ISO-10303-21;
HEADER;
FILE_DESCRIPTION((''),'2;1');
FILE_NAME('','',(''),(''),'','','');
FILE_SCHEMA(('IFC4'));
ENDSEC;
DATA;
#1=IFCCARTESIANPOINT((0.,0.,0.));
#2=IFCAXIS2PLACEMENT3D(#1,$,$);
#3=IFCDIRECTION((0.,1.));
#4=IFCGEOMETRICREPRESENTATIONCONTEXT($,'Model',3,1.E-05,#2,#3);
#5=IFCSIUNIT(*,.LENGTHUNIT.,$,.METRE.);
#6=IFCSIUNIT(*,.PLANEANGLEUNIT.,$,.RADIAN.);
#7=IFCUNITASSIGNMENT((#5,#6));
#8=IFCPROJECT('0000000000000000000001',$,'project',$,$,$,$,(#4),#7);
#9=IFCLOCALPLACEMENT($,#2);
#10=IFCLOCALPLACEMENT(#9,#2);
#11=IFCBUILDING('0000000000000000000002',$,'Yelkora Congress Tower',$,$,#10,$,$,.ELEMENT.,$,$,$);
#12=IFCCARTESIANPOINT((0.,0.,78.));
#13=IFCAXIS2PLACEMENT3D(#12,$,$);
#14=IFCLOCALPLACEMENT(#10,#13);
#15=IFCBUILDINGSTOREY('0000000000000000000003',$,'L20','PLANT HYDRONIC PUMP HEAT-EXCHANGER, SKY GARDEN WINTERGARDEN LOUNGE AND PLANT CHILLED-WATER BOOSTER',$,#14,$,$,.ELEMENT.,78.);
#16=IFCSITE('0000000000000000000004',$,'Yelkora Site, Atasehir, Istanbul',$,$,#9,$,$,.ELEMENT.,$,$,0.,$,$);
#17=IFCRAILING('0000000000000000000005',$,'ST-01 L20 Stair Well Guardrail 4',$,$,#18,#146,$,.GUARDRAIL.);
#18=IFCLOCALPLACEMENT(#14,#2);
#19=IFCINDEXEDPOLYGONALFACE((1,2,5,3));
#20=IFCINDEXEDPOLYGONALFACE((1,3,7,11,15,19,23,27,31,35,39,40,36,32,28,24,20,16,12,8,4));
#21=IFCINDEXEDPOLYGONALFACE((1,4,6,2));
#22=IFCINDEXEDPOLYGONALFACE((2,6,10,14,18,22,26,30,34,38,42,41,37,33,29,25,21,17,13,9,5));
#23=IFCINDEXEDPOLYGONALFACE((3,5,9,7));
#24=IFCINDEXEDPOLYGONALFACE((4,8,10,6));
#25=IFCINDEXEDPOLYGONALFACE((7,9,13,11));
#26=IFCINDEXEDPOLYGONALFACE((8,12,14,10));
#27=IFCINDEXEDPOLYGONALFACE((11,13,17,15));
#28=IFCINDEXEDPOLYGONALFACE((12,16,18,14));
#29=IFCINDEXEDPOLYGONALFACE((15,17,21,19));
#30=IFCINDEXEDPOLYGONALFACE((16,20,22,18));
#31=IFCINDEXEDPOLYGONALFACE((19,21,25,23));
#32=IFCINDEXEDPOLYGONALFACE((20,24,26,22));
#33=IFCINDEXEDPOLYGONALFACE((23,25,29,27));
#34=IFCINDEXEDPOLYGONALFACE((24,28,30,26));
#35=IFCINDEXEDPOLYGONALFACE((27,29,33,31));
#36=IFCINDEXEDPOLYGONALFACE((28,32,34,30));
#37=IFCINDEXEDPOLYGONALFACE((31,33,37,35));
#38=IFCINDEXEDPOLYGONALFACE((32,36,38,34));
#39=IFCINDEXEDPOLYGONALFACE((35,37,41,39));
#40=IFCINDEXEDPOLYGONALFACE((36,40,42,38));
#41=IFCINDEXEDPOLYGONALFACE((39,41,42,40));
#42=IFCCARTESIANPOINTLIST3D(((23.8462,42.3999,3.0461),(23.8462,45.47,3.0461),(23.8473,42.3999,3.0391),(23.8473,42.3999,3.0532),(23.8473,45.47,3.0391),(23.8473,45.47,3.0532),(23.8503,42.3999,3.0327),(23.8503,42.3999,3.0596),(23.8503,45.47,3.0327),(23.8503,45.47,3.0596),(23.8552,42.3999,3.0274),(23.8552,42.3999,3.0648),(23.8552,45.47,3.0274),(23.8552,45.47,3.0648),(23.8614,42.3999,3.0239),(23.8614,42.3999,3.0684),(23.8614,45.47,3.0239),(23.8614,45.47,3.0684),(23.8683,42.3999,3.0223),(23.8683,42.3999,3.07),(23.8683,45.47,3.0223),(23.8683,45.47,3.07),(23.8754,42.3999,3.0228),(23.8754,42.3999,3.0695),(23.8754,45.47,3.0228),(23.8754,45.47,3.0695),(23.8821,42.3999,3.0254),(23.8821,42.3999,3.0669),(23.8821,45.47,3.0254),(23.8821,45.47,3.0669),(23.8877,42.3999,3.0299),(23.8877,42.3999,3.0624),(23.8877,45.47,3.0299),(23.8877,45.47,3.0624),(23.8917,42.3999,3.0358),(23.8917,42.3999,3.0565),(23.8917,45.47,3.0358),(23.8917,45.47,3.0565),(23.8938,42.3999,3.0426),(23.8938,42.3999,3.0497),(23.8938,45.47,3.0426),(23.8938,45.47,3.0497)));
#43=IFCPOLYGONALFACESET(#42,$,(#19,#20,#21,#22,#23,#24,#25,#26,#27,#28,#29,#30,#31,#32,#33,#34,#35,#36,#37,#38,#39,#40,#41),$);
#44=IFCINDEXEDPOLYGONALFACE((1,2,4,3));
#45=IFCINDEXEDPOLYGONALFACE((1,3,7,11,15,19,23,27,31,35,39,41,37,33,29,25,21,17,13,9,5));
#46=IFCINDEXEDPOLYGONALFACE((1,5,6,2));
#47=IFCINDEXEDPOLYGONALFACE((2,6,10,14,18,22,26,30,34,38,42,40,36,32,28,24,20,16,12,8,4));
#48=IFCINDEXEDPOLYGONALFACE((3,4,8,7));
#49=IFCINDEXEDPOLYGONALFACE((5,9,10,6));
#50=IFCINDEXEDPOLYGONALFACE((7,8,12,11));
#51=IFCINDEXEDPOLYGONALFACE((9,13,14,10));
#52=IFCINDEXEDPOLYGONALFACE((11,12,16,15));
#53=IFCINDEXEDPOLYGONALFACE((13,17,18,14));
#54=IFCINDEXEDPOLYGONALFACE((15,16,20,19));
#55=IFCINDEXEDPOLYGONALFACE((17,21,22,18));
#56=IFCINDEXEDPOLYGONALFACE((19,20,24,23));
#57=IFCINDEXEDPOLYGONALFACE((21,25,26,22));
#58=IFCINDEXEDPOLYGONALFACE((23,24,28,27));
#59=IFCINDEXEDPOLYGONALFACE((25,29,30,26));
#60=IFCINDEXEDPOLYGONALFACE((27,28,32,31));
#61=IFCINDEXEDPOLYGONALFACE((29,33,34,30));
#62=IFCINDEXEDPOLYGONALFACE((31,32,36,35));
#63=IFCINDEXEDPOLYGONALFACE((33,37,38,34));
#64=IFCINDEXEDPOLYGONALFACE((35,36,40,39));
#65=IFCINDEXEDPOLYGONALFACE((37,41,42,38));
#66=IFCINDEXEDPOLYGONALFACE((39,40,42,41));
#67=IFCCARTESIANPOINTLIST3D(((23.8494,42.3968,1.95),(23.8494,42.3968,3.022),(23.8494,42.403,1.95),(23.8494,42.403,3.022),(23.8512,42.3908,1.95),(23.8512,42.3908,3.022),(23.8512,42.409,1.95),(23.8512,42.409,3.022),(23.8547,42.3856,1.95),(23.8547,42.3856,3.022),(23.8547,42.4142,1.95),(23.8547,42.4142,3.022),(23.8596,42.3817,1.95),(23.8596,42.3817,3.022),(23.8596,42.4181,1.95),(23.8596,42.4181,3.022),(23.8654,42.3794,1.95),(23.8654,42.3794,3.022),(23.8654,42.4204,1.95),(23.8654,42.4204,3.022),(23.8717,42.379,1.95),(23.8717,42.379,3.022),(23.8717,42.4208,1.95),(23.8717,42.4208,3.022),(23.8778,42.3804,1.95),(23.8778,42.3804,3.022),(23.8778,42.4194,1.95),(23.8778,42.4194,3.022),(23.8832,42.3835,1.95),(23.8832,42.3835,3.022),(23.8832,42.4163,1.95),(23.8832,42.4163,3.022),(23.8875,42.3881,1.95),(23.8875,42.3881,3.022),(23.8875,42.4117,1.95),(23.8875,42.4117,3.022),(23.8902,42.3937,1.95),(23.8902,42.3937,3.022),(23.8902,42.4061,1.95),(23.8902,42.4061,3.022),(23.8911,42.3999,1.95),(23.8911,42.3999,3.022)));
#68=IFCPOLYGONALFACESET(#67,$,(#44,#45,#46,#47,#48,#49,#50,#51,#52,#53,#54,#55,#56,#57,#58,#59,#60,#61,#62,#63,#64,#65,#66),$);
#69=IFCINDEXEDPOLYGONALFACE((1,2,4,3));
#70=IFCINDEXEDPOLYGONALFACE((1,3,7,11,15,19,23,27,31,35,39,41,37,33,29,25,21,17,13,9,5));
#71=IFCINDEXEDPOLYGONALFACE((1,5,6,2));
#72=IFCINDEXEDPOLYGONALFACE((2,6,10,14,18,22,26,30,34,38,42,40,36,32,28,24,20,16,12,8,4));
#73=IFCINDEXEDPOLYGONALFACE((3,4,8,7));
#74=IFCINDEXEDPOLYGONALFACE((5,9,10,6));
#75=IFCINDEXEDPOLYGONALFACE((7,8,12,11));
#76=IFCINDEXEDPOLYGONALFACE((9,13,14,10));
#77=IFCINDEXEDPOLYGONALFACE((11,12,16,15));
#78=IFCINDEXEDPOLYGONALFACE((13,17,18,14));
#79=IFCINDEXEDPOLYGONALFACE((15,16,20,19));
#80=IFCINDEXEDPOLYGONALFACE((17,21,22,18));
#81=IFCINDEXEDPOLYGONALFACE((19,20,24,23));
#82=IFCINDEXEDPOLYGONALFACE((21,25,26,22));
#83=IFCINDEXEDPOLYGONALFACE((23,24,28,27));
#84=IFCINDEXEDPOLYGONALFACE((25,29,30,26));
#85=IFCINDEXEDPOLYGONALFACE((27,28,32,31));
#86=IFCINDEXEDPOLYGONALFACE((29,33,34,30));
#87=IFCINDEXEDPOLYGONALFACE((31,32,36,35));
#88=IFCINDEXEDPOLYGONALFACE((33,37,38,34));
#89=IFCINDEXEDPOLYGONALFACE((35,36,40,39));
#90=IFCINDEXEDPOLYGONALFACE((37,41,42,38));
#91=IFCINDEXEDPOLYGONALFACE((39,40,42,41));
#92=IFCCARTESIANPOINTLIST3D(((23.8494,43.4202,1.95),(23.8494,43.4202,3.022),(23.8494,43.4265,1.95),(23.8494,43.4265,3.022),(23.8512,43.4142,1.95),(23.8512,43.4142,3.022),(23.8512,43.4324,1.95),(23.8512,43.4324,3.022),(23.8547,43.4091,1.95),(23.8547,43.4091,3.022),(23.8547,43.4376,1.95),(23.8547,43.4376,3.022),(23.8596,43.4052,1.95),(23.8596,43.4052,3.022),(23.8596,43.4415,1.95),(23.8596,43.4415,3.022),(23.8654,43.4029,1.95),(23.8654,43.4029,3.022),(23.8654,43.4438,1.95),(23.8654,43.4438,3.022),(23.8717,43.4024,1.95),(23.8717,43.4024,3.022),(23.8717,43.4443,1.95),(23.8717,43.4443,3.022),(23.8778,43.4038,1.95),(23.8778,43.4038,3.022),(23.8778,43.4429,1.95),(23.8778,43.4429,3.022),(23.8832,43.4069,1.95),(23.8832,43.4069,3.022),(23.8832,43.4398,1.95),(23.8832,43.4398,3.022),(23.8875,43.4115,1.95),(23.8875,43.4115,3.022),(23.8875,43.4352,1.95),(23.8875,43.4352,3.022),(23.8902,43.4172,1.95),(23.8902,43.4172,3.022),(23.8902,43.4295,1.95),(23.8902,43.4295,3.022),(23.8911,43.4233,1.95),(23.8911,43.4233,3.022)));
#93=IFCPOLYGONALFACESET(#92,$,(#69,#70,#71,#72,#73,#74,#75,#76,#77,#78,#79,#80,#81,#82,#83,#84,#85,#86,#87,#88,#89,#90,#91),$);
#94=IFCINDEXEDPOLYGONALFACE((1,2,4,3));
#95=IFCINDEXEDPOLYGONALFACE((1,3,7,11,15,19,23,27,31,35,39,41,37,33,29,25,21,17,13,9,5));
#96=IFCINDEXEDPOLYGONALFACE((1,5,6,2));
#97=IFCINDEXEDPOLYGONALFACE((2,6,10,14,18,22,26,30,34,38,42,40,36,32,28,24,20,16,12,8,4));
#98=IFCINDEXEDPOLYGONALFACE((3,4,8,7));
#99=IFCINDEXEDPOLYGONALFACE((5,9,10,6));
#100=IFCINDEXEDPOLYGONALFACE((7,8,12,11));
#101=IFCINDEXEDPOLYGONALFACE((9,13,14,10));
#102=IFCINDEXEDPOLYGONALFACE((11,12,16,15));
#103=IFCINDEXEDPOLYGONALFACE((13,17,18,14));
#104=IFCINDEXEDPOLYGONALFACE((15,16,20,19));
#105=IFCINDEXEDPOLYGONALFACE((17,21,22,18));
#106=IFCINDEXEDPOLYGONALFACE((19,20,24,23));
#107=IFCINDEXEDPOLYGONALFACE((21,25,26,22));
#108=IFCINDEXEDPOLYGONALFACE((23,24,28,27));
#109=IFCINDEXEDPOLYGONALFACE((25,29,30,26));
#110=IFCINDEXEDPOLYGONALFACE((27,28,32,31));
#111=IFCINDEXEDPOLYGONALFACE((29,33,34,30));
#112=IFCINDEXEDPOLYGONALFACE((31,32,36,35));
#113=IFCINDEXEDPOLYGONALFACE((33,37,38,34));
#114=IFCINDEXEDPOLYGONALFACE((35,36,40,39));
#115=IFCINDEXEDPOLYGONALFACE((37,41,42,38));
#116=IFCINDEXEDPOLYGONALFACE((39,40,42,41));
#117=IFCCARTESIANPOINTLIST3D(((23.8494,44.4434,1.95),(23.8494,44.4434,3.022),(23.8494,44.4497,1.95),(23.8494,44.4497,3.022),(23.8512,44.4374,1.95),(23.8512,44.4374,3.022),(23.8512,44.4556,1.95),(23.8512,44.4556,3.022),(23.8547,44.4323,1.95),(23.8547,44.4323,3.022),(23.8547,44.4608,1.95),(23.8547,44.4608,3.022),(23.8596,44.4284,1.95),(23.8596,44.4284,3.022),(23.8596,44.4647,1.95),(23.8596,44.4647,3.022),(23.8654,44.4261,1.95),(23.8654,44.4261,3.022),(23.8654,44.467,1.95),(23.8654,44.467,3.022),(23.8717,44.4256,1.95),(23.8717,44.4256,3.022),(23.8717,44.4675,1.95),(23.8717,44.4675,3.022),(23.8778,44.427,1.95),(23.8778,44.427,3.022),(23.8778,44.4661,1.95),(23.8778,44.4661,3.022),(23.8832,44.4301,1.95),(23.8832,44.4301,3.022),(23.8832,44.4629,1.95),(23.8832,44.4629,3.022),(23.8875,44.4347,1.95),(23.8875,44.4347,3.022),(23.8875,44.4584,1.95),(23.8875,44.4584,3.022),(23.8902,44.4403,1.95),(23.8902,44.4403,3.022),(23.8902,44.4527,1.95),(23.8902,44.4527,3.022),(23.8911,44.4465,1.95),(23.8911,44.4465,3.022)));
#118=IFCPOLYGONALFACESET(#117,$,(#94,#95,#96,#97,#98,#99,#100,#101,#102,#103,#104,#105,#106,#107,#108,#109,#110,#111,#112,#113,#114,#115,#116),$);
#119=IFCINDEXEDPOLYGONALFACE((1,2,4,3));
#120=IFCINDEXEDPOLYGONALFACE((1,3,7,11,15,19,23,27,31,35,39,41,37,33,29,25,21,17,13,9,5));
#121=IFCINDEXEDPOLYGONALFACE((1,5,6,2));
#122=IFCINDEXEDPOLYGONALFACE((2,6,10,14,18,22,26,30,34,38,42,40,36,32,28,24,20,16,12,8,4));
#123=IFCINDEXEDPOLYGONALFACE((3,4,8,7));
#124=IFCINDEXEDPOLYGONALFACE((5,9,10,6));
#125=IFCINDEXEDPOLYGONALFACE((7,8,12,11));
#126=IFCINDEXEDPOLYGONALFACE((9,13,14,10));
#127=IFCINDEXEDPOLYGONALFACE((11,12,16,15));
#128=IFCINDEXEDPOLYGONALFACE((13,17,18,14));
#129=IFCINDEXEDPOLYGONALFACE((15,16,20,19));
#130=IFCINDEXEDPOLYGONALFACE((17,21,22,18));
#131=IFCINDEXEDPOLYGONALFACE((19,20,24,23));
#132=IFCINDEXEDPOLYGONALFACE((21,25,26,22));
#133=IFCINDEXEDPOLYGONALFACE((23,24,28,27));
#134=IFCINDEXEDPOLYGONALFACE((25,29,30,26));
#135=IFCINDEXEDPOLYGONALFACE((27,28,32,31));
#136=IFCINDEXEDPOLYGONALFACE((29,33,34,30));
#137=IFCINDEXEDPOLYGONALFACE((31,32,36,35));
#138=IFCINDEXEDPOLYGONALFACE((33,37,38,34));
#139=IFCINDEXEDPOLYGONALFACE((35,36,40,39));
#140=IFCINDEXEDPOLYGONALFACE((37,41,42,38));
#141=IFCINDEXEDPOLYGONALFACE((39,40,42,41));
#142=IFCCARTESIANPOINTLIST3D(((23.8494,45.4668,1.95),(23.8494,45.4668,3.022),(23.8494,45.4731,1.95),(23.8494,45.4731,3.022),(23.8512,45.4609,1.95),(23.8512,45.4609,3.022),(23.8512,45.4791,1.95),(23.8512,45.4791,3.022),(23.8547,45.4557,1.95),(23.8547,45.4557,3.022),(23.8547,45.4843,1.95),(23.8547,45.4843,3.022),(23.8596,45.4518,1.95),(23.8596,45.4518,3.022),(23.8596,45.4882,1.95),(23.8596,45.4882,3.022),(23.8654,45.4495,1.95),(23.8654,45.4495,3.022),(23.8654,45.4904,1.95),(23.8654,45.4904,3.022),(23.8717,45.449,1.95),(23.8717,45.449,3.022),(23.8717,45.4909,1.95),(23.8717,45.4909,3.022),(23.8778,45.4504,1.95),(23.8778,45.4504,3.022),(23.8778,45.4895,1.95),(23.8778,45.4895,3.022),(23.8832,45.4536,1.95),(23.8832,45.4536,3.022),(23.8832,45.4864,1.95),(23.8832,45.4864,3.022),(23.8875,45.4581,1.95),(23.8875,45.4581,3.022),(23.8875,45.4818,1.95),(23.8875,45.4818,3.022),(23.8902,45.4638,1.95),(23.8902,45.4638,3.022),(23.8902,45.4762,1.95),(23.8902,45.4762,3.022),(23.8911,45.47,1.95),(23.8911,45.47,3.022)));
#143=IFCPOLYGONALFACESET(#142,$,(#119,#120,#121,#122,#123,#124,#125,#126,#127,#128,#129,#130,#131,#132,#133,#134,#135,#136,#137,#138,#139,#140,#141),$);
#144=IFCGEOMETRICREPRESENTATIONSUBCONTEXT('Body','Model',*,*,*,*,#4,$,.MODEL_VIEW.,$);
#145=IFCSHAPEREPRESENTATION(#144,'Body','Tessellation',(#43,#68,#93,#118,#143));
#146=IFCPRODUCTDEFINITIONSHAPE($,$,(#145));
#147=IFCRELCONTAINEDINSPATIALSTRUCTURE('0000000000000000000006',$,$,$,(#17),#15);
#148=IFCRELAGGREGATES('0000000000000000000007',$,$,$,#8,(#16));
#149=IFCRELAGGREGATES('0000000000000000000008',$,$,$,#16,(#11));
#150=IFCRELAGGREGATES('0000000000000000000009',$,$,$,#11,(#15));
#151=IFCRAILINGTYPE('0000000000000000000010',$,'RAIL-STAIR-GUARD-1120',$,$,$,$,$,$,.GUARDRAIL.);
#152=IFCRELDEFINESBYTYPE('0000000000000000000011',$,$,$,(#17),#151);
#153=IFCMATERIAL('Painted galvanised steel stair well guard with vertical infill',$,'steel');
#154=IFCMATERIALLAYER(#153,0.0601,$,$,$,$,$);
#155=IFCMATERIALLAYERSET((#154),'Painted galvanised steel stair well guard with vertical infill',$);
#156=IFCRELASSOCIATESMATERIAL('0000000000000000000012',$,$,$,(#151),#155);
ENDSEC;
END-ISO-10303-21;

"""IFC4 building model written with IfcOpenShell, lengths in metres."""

from ifc_helpers import new_model, si_unit, direction, frame, origin, origin_2d, place, context, subcontext, project, spatial, circle, extrude, material, layer, layer_set, type_object, element, save


model = new_model("IFC4")

# Units and contexts
model_context = context("Model", 3, precision=1e-05, world=origin(), true_north=direction((0.0, 1.0)))
body_context = subcontext(model_context, "Body", "Model", "MODEL_VIEW")
ifc_project = project(units=[si_unit("LENGTHUNIT", "METRE"), si_unit("PLANEANGLEUNIT", "RADIAN")], contexts=[model_context])

# Site, building, storey
site_placement = place(None, origin())
site = spatial("IfcSite", under=ifc_project, at=site_placement, Name="Yelkora Site, Atasehir, Istanbul", CompositionType="ELEMENT", RefElevation=0.0)
building_placement = place(site_placement, origin())
building = spatial("IfcBuilding", under=site, at=building_placement, Name="Yelkora Congress Tower", CompositionType="ELEMENT")
storey_placement = place(building_placement, frame((0.0, 0.0, 78.0)))
storey = spatial("IfcBuildingStorey", under=building, at=storey_placement, Name="L20", Description="PLANT HYDRONIC PUMP HEAT-EXCHANGER, SKY GARDEN WINTERGARDEN LOUNGE AND PLANT CHILLED-WATER BOOSTER", CompositionType="ELEMENT", Elevation=78.0)

# Railing
ifc_material_1 = material(Name="Painted galvanised steel stair well guard with vertical infill", Category="steel")
ifc_layer_1 = layer(ifc_material_1, 0.0601)
ifc_layer_set_1 = layer_set([ifc_layer_1], Name="Painted galvanised steel stair well guard with vertical infill")
railing_type_1 = type_object("IfcRailingType", Name="RAIL-STAIR-GUARD-1120", PredefinedType="GUARDRAIL", material=ifc_layer_set_1)
railing_1_placement = place(storey_placement, frame((23.8701, 42.3999, 1.95)))
element("IfcRailing", 1, at=railing_1_placement, inside=storey, type_object=railing_type_1, Name="ST-01 L20 Stair Well Guardrail 4", PredefinedType="GUARDRAIL", context=body_context, shape_type="SweptSolid", body=[
    extrude(circle(Radius=0.0239, at=origin_2d()), frame((0.0, 0.0, 1.0962), z_axis=(0.0, 1.0, 0.0), x_axis=(-1.0, 0.0, 0.0)), (0.0, 0.0, 1.0), 3.0701),
    extrude(circle(Radius=0.021, at=origin_2d()), origin(), (0.0, 0.0, 1.0), 1.072),
    extrude(circle(Radius=0.021, at=origin_2d()), frame((0.0, 1.0234, 0.0)), (0.0, 0.0, 1.0), 1.072),
    extrude(circle(Radius=0.021, at=origin_2d()), frame((0.0, 2.0466, 0.0)), (0.0, 0.0, 1.0), 1.072),
    extrude(circle(Radius=0.021, at=origin_2d()), frame((0.0, 3.0701, 0.0)), (0.0, 0.0, 1.0), 1.072),
])

save(model, "model.ifc")
